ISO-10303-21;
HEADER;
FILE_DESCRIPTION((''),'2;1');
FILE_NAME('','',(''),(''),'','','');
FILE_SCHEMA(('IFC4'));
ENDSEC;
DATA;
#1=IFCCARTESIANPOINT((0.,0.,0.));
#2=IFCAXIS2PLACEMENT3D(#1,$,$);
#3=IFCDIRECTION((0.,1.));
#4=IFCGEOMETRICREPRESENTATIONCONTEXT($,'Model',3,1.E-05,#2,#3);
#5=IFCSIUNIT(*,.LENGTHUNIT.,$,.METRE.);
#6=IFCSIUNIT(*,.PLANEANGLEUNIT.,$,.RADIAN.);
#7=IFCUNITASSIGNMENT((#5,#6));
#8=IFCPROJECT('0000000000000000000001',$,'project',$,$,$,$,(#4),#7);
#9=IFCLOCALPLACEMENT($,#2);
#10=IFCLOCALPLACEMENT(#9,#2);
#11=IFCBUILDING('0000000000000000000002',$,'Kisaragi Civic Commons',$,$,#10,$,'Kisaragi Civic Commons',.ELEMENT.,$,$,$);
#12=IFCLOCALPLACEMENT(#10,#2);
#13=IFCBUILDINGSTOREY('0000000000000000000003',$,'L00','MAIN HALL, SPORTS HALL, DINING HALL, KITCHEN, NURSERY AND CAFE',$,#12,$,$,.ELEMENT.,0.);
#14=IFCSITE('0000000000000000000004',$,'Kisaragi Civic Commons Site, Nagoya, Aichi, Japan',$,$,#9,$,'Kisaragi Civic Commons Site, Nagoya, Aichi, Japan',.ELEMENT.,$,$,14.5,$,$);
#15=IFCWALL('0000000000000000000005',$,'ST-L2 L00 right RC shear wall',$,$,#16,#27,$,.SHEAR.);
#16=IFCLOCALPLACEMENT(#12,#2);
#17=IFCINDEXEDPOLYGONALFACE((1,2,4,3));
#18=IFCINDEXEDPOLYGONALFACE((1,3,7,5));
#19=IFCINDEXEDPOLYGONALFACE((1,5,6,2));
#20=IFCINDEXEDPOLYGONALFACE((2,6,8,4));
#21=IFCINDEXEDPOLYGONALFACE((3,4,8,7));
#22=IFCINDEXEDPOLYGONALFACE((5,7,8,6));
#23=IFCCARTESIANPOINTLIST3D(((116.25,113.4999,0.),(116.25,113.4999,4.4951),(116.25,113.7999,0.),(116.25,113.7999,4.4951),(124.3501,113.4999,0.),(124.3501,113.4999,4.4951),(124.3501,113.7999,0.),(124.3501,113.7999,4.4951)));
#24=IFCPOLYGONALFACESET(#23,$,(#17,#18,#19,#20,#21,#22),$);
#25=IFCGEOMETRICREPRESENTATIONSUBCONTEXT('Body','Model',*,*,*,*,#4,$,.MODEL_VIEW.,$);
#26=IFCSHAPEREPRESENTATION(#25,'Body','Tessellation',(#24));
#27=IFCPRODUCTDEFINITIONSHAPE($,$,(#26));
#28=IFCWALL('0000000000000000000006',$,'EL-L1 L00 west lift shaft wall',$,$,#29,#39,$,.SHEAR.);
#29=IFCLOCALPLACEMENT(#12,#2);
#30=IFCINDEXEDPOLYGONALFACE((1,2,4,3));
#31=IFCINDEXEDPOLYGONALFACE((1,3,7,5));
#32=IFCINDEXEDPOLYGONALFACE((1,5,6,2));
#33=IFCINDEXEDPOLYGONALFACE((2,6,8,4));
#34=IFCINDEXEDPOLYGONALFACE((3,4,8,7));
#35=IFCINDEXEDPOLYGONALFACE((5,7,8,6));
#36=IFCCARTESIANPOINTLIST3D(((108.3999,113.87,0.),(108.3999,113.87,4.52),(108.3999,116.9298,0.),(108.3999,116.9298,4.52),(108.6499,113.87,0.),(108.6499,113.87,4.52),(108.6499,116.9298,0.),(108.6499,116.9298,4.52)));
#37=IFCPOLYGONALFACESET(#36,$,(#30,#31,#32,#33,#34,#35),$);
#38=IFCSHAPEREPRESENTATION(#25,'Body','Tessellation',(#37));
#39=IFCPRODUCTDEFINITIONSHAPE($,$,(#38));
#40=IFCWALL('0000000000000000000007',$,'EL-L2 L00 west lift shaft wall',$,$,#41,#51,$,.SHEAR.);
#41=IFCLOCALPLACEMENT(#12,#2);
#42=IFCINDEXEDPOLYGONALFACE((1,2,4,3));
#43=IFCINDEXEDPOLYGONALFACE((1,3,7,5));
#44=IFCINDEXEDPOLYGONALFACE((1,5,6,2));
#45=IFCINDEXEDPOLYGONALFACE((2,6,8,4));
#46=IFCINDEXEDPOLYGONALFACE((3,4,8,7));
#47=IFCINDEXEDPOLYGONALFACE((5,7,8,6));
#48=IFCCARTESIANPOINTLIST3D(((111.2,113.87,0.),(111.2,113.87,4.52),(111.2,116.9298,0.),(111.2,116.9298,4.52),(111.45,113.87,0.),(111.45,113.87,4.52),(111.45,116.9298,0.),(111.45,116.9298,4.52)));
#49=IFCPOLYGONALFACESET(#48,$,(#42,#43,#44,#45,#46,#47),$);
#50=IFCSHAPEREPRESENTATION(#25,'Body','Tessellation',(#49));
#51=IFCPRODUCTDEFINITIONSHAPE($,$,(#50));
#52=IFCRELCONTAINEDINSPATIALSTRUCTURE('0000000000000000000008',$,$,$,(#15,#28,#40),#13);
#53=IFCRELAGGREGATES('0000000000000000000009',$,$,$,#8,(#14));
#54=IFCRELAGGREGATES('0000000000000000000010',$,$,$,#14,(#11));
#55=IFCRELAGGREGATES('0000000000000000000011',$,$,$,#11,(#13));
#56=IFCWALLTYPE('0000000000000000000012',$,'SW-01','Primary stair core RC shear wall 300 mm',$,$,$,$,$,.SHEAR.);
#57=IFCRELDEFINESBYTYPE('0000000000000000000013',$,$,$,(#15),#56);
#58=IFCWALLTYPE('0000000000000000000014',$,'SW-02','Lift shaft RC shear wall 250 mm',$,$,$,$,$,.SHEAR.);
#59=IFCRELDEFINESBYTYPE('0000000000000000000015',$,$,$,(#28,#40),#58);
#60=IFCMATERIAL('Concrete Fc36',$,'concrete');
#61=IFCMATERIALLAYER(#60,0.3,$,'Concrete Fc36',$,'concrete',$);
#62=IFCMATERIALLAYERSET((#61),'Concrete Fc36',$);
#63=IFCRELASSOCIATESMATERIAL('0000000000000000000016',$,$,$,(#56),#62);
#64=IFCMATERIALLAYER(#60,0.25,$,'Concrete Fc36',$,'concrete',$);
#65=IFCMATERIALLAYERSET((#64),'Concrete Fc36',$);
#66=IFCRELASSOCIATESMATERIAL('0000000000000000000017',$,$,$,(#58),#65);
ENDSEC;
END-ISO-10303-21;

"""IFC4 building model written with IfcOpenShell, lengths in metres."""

from ifc_helpers import new_model, si_unit, direction, frame, frame_2d, origin, place, context, subcontext, project, spatial, rectangle, extrude, material, layer, layer_set, type_object, element, save


model = new_model("IFC4")

# Units and contexts
model_context = context("Model", 3, precision=1e-05, world=origin(), true_north=direction((0.0, 1.0)))
body_context = subcontext(model_context, "Body", "Model", "MODEL_VIEW")
ifc_project = project(units=[si_unit("LENGTHUNIT", "METRE"), si_unit("PLANEANGLEUNIT", "RADIAN")], contexts=[model_context])

# Site, building, storey
site_placement = place(None, origin())
site = spatial("IfcSite", under=ifc_project, at=site_placement, Name="Kisaragi Civic Commons Site, Nagoya, Aichi, Japan", LongName="Kisaragi Civic Commons Site, Nagoya, Aichi, Japan", CompositionType="ELEMENT", RefElevation=14.5)
building_placement = place(site_placement, origin())
building = spatial("IfcBuilding", under=site, at=building_placement, Name="Kisaragi Civic Commons", LongName="Kisaragi Civic Commons", CompositionType="ELEMENT")
storey_placement = place(building_placement, origin())
storey = spatial("IfcBuildingStorey", under=building, at=storey_placement, Name="L00", Description="MAIN HALL, SPORTS HALL, DINING HALL, KITCHEN, NURSERY AND CAFE", CompositionType="ELEMENT", Elevation=0.0)

# Shared definitions
ifc_material_1 = material(Name="Concrete Fc36", Category="concrete")

# Wall
ifc_layer_1 = layer(ifc_material_1, 0.3, Name="Concrete Fc36", Category="concrete")
ifc_layer_set_1 = layer_set([ifc_layer_1], Name="Concrete Fc36")
wall_type_1 = type_object("IfcWallType", Name="SW-01", Description="Primary stair core RC shear wall 300 mm", PredefinedType="SHEAR", material=ifc_layer_set_1)
wall_1_placement = place(storey_placement, frame((116.25, 113.6499, 0.0), z_axis=(0.0, 0.0, 1.0), x_axis=(1.0, 0.0, 0.0)))
element("IfcWall", 1, at=wall_1_placement, inside=storey, type_object=wall_type_1, Name="ST-L2 L00 right RC shear wall", PredefinedType="SHEAR", context=body_context, shape_type="SweptSolid", body=[
    extrude(rectangle(XDim=8.1001, YDim=0.3, at=frame_2d((4.05, 0.0))), origin(), (0.0, 0.0, 1.0), 4.4951),
])

# Shared definitions
ifc_layer_2 = layer(ifc_material_1, 0.25, Name="Concrete Fc36", Category="concrete")
ifc_layer_set_2 = layer_set([ifc_layer_2], Name="Concrete Fc36")
wall_type_2 = type_object("IfcWallType", Name="SW-02", Description="Lift shaft RC shear wall 250 mm", PredefinedType="SHEAR", material=ifc_layer_set_2)

# Wall
wall_2_placement = place(storey_placement, frame((108.5249, 113.8701, 0.0), z_axis=(0.0, 0.0, 1.0), x_axis=(0.0, 1.0, 0.0)))
element("IfcWall", 2, at=wall_2_placement, inside=storey, type_object=wall_type_2, Name="EL-L1 L00 west lift shaft wall", PredefinedType="SHEAR", context=body_context, shape_type="SweptSolid", body=[
    extrude(rectangle(XDim=3.0598, YDim=0.25, at=frame_2d((1.5298, 0.0))), origin(), (0.0, 0.0, 1.0), 4.52),
])

# Wall
wall_3_placement = place(storey_placement, frame((111.325, 113.8701, 0.0), z_axis=(0.0, 0.0, 1.0), x_axis=(0.0, 1.0, 0.0)))
element("IfcWall", 3, at=wall_3_placement, inside=storey, type_object=wall_type_2, Name="EL-L2 L00 west lift shaft wall", PredefinedType="SHEAR", context=body_context, shape_type="SweptSolid", body=[
    extrude(rectangle(XDim=3.0598, YDim=0.25, at=frame_2d((1.5298, 0.0))), origin(), (0.0, 0.0, 1.0), 4.52),
])

save(model, "model.ifc")
